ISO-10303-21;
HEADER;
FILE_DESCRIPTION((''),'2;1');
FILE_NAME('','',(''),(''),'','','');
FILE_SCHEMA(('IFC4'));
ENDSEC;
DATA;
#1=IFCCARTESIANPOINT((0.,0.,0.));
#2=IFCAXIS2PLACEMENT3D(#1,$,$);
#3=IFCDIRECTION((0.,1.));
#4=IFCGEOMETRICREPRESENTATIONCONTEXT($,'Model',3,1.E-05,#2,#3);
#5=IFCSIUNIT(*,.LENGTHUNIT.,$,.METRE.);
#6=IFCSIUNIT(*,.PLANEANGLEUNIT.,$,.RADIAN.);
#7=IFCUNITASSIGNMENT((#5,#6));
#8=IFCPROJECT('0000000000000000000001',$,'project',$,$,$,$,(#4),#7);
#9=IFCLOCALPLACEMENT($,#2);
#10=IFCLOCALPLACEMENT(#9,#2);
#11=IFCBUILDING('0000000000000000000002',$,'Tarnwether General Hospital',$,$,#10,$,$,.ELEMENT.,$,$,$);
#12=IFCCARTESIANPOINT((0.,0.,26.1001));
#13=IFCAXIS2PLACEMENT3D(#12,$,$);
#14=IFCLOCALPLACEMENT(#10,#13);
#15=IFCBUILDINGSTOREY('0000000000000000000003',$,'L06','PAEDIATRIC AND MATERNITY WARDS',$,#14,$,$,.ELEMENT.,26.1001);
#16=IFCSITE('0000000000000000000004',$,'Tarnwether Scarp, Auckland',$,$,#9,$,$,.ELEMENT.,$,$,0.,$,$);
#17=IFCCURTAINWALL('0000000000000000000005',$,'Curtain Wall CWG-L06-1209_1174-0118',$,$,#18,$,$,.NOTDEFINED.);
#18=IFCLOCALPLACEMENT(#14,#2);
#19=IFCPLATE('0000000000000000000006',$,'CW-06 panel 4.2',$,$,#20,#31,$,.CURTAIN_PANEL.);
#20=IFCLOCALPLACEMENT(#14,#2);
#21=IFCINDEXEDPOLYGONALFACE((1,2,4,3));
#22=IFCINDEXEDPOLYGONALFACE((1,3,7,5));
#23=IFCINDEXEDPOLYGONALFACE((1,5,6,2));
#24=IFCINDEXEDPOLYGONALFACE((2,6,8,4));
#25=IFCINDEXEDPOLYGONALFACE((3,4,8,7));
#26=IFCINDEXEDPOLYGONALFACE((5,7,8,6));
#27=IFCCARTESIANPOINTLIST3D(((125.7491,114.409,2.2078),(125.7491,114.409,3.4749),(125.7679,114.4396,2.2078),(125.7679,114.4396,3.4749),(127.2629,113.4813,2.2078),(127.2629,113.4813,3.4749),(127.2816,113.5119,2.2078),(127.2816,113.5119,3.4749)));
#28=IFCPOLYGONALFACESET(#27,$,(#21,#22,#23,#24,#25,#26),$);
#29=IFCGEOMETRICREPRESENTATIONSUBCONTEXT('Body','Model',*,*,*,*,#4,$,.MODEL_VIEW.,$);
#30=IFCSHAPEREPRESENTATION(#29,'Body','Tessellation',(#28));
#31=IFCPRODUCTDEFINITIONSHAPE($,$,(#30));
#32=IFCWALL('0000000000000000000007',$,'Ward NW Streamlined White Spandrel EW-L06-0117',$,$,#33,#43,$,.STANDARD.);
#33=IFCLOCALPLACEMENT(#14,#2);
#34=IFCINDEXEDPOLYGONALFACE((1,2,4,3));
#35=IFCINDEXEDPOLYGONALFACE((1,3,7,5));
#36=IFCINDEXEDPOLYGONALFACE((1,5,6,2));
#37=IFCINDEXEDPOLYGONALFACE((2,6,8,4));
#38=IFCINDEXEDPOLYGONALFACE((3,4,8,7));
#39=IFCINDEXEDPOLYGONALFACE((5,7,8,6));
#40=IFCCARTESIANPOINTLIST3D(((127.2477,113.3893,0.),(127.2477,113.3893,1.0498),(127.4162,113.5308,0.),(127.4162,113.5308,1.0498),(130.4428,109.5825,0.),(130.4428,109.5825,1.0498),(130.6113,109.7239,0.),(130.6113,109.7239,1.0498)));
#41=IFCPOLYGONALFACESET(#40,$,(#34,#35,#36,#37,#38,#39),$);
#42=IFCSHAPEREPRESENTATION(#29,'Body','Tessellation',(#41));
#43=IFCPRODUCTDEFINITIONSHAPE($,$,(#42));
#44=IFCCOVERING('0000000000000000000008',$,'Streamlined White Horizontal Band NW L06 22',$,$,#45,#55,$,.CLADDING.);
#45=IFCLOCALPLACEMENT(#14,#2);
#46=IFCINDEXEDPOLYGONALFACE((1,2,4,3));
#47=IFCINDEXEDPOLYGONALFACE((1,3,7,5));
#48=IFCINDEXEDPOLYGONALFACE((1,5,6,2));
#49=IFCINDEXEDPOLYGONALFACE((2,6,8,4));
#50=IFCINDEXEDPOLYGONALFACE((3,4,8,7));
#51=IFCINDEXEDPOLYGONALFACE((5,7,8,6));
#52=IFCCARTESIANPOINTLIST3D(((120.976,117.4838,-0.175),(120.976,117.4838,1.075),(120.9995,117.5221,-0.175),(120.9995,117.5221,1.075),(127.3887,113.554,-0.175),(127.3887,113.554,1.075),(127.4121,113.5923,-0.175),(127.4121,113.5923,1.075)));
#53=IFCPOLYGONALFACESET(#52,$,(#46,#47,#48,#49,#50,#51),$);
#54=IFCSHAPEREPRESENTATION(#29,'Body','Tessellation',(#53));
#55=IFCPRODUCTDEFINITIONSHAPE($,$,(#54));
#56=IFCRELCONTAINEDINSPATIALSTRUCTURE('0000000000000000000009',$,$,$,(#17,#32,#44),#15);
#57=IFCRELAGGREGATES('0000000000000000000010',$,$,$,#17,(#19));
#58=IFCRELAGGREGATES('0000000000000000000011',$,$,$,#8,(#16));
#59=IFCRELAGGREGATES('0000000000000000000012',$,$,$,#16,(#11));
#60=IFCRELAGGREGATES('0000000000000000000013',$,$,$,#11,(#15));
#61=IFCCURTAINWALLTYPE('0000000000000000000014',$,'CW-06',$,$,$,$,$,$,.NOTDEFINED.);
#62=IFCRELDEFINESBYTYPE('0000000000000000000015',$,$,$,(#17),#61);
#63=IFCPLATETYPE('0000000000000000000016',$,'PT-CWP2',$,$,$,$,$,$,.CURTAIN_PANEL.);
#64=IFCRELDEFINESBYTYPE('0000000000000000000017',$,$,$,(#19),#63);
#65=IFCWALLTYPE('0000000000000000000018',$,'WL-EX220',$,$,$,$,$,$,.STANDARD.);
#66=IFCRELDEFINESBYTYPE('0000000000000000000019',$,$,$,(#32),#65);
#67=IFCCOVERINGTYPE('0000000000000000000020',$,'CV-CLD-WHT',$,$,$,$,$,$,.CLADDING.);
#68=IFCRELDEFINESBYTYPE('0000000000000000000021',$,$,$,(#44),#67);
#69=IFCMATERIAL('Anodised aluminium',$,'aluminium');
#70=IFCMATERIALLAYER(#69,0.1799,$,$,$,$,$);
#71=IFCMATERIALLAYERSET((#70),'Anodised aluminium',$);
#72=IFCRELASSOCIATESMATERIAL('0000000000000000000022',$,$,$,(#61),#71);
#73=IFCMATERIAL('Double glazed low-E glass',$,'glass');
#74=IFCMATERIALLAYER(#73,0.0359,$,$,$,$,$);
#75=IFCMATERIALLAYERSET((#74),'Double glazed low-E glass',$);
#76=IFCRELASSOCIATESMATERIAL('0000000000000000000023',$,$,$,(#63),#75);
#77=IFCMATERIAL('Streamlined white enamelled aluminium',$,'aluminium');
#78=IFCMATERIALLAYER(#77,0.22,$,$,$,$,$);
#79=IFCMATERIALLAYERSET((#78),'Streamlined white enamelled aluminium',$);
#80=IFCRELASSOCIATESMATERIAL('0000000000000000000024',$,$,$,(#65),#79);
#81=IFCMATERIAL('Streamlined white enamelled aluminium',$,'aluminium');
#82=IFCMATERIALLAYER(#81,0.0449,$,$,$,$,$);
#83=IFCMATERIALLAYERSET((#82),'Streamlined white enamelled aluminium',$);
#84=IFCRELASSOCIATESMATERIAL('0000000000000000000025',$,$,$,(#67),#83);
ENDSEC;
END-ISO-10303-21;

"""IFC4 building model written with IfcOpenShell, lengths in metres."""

from ifc_helpers import new_model, si_unit, direction, frame, frame_2d, origin, origin_2d, place, context, subcontext, project, spatial, rectangle, extrude, material, layer, layer_set, type_object, element, aggregate, save


model = new_model("IFC4")

# Units and contexts
model_context = context("Model", 3, precision=1e-05, world=origin(), true_north=direction((0.0, 1.0)))
body_context = subcontext(model_context, "Body", "Model", "MODEL_VIEW")
ifc_project = project(units=[si_unit("LENGTHUNIT", "METRE"), si_unit("PLANEANGLEUNIT", "RADIAN")], contexts=[model_context])

# Site, building, storey
site_placement = place(None, origin())
site = spatial("IfcSite", under=ifc_project, at=site_placement, Name="Tarnwether Scarp, Auckland", CompositionType="ELEMENT", RefElevation=0.0)
building_placement = place(site_placement, origin())
building = spatial("IfcBuilding", under=site, at=building_placement, Name="Tarnwether General Hospital", CompositionType="ELEMENT")
storey_placement = place(building_placement, frame((0.0, 0.0, 26.1001)))
storey = spatial("IfcBuildingStorey", under=building, at=storey_placement, Name="L06", Description="PAEDIATRIC AND MATERNITY WARDS", CompositionType="ELEMENT", Elevation=26.1001)

# Curtain wall
ifc_material_1 = material(Name="Anodised aluminium", Category="aluminium")
ifc_layer_1 = layer(ifc_material_1, 0.1799)
ifc_layer_set_1 = layer_set([ifc_layer_1], Name="Anodised aluminium")
curtain_wall_type_1 = type_object("IfcCurtainWallType", Name="CW-06", PredefinedType="NOTDEFINED", material=ifc_layer_set_1)
curtain_wall_1_placement = place(storey_placement, origin())
curtain_wall_1 = element("IfcCurtainWall", 1, at=curtain_wall_1_placement, inside=storey, type_object=curtain_wall_type_1, Name="Curtain Wall CWG-L06-1209_1174-0118", PredefinedType="NOTDEFINED")

# Plate
ifc_material_2 = material(Name="Double glazed low-E glass", Category="glass")
ifc_layer_2 = layer(ifc_material_2, 0.0359)
ifc_layer_set_2 = layer_set([ifc_layer_2], Name="Double glazed low-E glass")
plate_type_1 = type_object("IfcPlateType", Name="PT-CWP2", PredefinedType="CURTAIN_PANEL", material=ifc_layer_set_2)
plate_1_placement = place(storey_placement, frame((126.5154, 113.9604, 2.2078), z_axis=(0.0, 0.0, 1.0), x_axis=(0.852634, -0.522509, 0.0)))
plate_1 = element("IfcPlate", 2, at=plate_1_placement, type_object=plate_type_1, Name="CW-06 panel 4.2", PredefinedType="CURTAIN_PANEL", context=body_context, shape_type="SweptSolid", body=[
    extrude(rectangle(XDim=1.7754, YDim=0.0359, at=origin_2d()), origin(), (0.0, 0.0, 1.0), 1.2671),
])
aggregate(curtain_wall_1, [plate_1])

# Wall
ifc_material_3 = material(Name="Streamlined white enamelled aluminium", Category="aluminium")
ifc_layer_3 = layer(ifc_material_3, 0.22)
ifc_layer_set_3 = layer_set([ifc_layer_3], Name="Streamlined white enamelled aluminium")
wall_type = type_object("IfcWallType", Name="WL-EX220", PredefinedType="STANDARD", material=ifc_layer_set_3)
wall_placement = place(storey_placement, frame((127.332, 113.46, 0.0), z_axis=(0.0, 0.0, 1.0), x_axis=(0.642872, -0.765974, 0.0)))
element("IfcWall", 3, at=wall_placement, inside=storey, type_object=wall_type, Name="Ward NW Streamlined White Spandrel EW-L06-0117", PredefinedType="STANDARD", context=body_context, shape_type="SweptSolid", body=[
    extrude(rectangle(XDim=4.97, YDim=0.22, at=frame_2d((2.4849, 0.0))), origin(), (0.0, 0.0, 1.0), 1.0498),
])

# Covering
ifc_material_4 = material(Name="Streamlined white enamelled aluminium", Category="aluminium")
ifc_layer_4 = layer(ifc_material_4, 0.0449)
ifc_layer_set_4 = layer_set([ifc_layer_4], Name="Streamlined white enamelled aluminium")
covering_type = type_object("IfcCoveringType", Name="CV-CLD-WHT", PredefinedType="CLADDING", material=ifc_layer_set_4)
covering_placement = place(storey_placement, frame((124.1941, 115.5381, -0.175), z_axis=(0.0, 0.0, 1.0), x_axis=(0.852631, -0.522513, 0.0)))
element("IfcCovering", 4, at=covering_placement, inside=storey, type_object=covering_type, Name="Streamlined White Horizontal Band NW L06 22", PredefinedType="CLADDING", context=body_context, shape_type="SweptSolid", body=[
    extrude(rectangle(XDim=7.521, YDim=0.0449, at=origin_2d()), origin(), (0.0, 0.0, 1.0), 1.25),
])

save(model, "model.ifc")
